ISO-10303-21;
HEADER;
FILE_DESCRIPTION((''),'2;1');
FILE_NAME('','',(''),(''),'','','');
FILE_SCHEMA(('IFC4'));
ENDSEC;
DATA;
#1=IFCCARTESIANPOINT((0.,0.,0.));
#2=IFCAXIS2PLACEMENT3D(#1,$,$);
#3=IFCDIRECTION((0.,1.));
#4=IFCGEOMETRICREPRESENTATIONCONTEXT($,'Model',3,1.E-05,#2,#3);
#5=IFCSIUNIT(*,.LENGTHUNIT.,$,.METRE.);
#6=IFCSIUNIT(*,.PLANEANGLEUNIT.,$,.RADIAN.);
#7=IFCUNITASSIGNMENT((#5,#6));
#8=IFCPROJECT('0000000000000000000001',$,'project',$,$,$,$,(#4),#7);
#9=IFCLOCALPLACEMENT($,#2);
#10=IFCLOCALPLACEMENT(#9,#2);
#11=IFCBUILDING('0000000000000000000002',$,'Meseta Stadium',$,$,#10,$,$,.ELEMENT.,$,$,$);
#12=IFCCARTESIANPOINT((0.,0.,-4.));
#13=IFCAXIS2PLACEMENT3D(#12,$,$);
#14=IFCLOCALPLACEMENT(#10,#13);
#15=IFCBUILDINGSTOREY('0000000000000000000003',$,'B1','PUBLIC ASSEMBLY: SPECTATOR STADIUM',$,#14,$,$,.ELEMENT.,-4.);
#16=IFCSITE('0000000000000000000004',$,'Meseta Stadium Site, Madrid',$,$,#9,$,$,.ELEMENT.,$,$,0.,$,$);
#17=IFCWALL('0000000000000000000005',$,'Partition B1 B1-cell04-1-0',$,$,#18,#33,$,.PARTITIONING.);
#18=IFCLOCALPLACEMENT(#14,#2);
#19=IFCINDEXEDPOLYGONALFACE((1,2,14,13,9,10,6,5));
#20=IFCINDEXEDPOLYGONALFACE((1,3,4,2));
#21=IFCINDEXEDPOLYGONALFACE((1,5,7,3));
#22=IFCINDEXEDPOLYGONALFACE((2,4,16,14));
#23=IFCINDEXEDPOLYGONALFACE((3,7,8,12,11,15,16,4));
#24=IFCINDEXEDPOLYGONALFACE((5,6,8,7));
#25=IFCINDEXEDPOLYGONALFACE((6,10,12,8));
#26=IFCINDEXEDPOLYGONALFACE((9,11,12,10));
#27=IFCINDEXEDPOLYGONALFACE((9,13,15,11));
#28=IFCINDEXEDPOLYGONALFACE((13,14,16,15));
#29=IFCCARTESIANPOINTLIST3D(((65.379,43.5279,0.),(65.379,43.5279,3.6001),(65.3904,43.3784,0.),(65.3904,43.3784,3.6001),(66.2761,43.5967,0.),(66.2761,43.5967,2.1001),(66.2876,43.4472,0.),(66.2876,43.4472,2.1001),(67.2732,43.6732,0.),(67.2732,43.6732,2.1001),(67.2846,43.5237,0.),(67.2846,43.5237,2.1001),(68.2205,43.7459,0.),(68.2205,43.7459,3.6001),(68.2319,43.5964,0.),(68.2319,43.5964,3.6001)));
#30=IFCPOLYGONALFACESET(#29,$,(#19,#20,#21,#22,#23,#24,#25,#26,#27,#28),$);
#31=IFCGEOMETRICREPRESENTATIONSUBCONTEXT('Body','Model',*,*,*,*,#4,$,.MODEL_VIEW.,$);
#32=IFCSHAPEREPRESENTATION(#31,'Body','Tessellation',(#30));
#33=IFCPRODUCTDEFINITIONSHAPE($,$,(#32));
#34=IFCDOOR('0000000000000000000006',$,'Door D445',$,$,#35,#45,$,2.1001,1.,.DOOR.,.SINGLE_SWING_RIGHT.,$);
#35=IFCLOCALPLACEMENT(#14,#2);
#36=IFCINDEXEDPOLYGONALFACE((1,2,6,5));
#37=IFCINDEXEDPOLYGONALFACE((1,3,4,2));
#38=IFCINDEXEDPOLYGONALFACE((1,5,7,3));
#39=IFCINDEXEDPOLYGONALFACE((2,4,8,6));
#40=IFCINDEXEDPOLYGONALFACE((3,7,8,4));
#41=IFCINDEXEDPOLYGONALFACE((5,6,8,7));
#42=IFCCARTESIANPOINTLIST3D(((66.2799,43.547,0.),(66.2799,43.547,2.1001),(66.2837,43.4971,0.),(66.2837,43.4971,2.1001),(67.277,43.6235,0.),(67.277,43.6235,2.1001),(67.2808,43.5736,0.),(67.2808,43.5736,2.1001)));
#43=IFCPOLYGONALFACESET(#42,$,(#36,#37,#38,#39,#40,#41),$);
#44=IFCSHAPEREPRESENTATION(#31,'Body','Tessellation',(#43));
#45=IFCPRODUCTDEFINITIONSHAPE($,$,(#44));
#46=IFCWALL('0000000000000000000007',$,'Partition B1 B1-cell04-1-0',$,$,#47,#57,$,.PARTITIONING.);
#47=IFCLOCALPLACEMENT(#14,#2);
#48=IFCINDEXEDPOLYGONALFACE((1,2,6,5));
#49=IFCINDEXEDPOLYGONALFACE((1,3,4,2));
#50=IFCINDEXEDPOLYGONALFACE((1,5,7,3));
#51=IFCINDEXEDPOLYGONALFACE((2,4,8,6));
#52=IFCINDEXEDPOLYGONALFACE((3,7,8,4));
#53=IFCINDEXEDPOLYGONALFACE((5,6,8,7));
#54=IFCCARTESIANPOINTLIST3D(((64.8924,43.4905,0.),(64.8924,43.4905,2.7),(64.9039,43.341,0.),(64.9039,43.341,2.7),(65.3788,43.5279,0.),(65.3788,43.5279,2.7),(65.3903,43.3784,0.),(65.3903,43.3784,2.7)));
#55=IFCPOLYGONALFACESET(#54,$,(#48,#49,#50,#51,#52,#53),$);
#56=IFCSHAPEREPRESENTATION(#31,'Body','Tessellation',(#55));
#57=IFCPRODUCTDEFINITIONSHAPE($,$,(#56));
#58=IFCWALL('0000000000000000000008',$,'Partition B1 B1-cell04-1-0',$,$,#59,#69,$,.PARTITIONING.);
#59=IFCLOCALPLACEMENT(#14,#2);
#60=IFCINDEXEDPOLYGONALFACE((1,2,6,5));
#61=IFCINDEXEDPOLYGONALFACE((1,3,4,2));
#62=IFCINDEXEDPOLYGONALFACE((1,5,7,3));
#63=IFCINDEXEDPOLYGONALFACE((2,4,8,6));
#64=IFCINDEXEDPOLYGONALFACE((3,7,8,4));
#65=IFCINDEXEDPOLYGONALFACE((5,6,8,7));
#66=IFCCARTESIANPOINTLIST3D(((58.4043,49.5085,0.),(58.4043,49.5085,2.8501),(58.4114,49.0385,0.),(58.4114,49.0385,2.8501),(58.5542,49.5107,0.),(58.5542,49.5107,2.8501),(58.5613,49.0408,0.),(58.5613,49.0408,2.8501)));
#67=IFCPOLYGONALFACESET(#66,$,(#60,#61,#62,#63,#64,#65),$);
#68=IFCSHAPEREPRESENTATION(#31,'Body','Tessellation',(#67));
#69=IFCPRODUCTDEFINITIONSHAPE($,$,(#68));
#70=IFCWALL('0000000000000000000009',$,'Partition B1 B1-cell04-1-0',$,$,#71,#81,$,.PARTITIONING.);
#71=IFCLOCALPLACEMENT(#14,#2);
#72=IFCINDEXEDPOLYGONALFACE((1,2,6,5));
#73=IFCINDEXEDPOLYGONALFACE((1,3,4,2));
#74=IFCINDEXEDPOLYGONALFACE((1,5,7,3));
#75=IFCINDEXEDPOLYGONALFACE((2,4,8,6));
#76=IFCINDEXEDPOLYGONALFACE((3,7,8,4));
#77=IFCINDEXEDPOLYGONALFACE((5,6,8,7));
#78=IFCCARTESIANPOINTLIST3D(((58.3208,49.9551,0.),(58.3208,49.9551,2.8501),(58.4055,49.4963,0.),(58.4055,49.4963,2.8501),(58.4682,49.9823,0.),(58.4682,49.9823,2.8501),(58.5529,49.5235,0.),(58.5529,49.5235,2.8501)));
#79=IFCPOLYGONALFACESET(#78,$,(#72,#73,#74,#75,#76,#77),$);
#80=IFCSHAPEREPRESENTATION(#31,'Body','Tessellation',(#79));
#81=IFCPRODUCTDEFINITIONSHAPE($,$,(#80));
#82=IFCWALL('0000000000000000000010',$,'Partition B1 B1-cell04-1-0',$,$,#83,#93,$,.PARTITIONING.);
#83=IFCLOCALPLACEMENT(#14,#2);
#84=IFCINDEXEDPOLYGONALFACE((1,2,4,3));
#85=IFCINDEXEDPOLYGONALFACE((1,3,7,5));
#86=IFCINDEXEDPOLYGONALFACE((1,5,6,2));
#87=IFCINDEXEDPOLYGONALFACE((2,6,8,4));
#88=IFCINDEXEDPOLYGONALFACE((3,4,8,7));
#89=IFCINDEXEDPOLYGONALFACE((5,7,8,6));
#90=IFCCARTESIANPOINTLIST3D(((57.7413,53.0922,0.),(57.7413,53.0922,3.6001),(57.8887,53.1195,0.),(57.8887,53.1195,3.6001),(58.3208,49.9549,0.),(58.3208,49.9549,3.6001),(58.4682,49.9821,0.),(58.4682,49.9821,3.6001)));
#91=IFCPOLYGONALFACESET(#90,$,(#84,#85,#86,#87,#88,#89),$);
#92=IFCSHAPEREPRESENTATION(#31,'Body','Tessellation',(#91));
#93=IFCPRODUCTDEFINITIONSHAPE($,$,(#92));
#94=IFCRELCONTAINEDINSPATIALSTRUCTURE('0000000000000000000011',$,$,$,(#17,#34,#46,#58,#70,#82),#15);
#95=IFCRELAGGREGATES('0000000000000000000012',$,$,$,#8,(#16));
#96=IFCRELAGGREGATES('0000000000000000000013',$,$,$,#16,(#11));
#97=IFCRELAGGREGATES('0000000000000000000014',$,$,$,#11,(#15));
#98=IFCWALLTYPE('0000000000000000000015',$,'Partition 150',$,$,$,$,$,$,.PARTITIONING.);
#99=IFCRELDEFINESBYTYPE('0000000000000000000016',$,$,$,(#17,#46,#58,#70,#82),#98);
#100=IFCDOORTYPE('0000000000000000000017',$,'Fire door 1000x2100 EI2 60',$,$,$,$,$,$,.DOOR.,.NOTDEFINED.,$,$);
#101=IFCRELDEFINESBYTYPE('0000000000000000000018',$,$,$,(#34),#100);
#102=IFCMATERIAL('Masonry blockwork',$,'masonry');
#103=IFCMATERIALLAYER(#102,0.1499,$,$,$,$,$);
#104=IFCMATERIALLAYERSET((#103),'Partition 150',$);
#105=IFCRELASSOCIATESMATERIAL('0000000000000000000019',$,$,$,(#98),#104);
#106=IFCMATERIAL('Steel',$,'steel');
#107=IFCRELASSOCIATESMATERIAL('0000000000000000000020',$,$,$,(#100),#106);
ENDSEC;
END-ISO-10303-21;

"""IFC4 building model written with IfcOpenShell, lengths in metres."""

from ifc_helpers import new_model, si_unit, direction, frame, frame_2d, origin, place, context, subcontext, project, spatial, rectangle, extrude, material, layer, layer_set, type_object, element, fill, save


model = new_model("IFC4")

# Units and contexts
model_context = context("Model", 3, precision=1e-05, world=origin(), true_north=direction((0.0, 1.0)))
body_context = subcontext(model_context, "Body", "Model", "MODEL_VIEW")
ifc_project = project(units=[si_unit("LENGTHUNIT", "METRE"), si_unit("PLANEANGLEUNIT", "RADIAN")], contexts=[model_context])

# Site, building, storey
site_placement = place(None, origin())
site = spatial("IfcSite", under=ifc_project, at=site_placement, Name="Meseta Stadium Site, Madrid", CompositionType="ELEMENT", RefElevation=0.0)
building_placement = place(site_placement, origin())
building = spatial("IfcBuilding", under=site, at=building_placement, Name="Meseta Stadium", CompositionType="ELEMENT")
storey_placement = place(building_placement, frame((0.0, 0.0, -4.0)))
storey = spatial("IfcBuildingStorey", under=building, at=storey_placement, Name="B1", Description="PUBLIC ASSEMBLY: SPECTATOR STADIUM", CompositionType="ELEMENT", Elevation=-4.0)

# Shared definitions
ifc_material_1 = material(Name="Masonry blockwork", Category="masonry")
ifc_layer = layer(ifc_material_1, 0.1499)
ifc_layer_set = layer_set([ifc_layer], Name="Partition 150")
wall_type = type_object("IfcWallType", Name="Partition 150", PredefinedType="PARTITIONING", material=ifc_layer_set)

# Wall, opening, door
wall_1_placement = place(storey_placement, frame((68.2261, 43.6711, 0.0), z_axis=(0.0, 0.0, 1.0), x_axis=(-0.99707, -0.0765, 0.0)))
wall_1 = element("IfcWall", 1, at=wall_1_placement, inside=storey, type_object=wall_type, Name="Partition B1 B1-cell04-1-0", PredefinedType="PARTITIONING", context=body_context, shape_type="SweptSolid", body=[
    extrude(rectangle(XDim=2.8499, YDim=0.1499, at=frame_2d((1.4248, 0.0))), origin(), (0.0, 0.0, 1.0), 3.6001),
])
opening_placement = place(wall_1_placement, frame((0.95, 0.0, 0.0)))
opening = element("IfcOpeningElement", 2, at=opening_placement, cuts=wall_1, PredefinedType="OPENING", context=body_context, shape_type="SweptSolid", body=[
    extrude(rectangle(XDim=1.0, YDim=2.1001, at=frame_2d((0.5, 1.05))), frame((0.0, 0.085, 0.0), z_axis=(0.0, -1.0, 0.0), x_axis=(1.0, 0.0, 0.0)), (0.0, 0.0, 1.0), 0.1699),
])
ifc_material_2 = material(Name="Steel", Category="steel")
door_type = type_object("IfcDoorType", Name="Fire door 1000x2100 EI2 60", OperationType="NOTDEFINED", PredefinedType="DOOR", material=ifc_material_2)
door_placement = place(opening_placement, origin())
door = element("IfcDoor", 3, at=door_placement, inside=storey, type_object=door_type, Name="Door D445", OperationType="SINGLE_SWING_RIGHT", OverallHeight=2.1001, OverallWidth=1.0, PredefinedType="DOOR", context=body_context, shape_type="SweptSolid", body=[
    extrude(rectangle(XDim=1.0, YDim=2.1001, at=frame_2d((0.5, 1.05))), frame((0.0, 0.0249, 0.0), z_axis=(0.0, -1.0, 0.0), x_axis=(1.0, 0.0, 0.0)), (0.0, 0.0, 1.0), 0.05),
])
fill(opening, door)

# Walls
wall_2_placement = place(storey_placement, frame((65.3845, 43.4531, 0.0), z_axis=(0.0, 0.0, 1.0), x_axis=(-0.997063, -0.076582, 0.0)))
element("IfcWall", 4, at=wall_2_placement, inside=storey, type_object=wall_type, Name="Partition B1 B1-cell04-1-0", PredefinedType="PARTITIONING", context=body_context, shape_type="SweptSolid", body=[
    extrude(rectangle(XDim=0.4878, YDim=0.1499, at=frame_2d((0.2439, 0.0))), origin(), (0.0, 0.0, 1.0), 2.7),
])
wall_3_placement = place(storey_placement, frame((58.4863, 49.0398, 0.0), z_axis=(0.0, 0.0, 1.0), x_axis=(-0.015063, 0.999887, 0.0)))
element("IfcWall", 5, at=wall_3_placement, inside=storey, type_object=wall_type, Name="Partition B1 B1-cell04-1-0", PredefinedType="PARTITIONING", context=body_context, shape_type="SweptSolid", body=[
    extrude(rectangle(XDim=0.47, YDim=0.1499, at=frame_2d((0.2349, 0.0))), origin(), (0.0, 0.0, 1.0), 2.8501),
])
wall_4_placement = place(storey_placement, frame((58.4792, 49.5098, 0.0), z_axis=(0.0, 0.0, 1.0), x_axis=(-0.181602, 0.983372, 0.0)))
element("IfcWall", 6, at=wall_4_placement, inside=storey, type_object=wall_type, Name="Partition B1 B1-cell04-1-0", PredefinedType="PARTITIONING", context=body_context, shape_type="SweptSolid", body=[
    extrude(rectangle(XDim=0.4666, YDim=0.1499, at=frame_2d((0.2334, 0.0))), origin(), (0.0, 0.0, 1.0), 2.8501),
])
wall_5_placement = place(storey_placement, frame((58.3945, 49.9685, 0.0), z_axis=(0.0, 0.0, 1.0), x_axis=(-0.181659, 0.983362, 0.0)))
element("IfcWall", 7, at=wall_5_placement, inside=storey, type_object=wall_type, Name="Partition B1 B1-cell04-1-0", PredefinedType="PARTITIONING", context=body_context, shape_type="SweptSolid", body=[
    extrude(rectangle(XDim=3.1904, YDim=0.1499, at=frame_2d((1.5952, 0.0))), origin(), (0.0, 0.0, 1.0), 3.6001),
])

save(model, "model.ifc")
